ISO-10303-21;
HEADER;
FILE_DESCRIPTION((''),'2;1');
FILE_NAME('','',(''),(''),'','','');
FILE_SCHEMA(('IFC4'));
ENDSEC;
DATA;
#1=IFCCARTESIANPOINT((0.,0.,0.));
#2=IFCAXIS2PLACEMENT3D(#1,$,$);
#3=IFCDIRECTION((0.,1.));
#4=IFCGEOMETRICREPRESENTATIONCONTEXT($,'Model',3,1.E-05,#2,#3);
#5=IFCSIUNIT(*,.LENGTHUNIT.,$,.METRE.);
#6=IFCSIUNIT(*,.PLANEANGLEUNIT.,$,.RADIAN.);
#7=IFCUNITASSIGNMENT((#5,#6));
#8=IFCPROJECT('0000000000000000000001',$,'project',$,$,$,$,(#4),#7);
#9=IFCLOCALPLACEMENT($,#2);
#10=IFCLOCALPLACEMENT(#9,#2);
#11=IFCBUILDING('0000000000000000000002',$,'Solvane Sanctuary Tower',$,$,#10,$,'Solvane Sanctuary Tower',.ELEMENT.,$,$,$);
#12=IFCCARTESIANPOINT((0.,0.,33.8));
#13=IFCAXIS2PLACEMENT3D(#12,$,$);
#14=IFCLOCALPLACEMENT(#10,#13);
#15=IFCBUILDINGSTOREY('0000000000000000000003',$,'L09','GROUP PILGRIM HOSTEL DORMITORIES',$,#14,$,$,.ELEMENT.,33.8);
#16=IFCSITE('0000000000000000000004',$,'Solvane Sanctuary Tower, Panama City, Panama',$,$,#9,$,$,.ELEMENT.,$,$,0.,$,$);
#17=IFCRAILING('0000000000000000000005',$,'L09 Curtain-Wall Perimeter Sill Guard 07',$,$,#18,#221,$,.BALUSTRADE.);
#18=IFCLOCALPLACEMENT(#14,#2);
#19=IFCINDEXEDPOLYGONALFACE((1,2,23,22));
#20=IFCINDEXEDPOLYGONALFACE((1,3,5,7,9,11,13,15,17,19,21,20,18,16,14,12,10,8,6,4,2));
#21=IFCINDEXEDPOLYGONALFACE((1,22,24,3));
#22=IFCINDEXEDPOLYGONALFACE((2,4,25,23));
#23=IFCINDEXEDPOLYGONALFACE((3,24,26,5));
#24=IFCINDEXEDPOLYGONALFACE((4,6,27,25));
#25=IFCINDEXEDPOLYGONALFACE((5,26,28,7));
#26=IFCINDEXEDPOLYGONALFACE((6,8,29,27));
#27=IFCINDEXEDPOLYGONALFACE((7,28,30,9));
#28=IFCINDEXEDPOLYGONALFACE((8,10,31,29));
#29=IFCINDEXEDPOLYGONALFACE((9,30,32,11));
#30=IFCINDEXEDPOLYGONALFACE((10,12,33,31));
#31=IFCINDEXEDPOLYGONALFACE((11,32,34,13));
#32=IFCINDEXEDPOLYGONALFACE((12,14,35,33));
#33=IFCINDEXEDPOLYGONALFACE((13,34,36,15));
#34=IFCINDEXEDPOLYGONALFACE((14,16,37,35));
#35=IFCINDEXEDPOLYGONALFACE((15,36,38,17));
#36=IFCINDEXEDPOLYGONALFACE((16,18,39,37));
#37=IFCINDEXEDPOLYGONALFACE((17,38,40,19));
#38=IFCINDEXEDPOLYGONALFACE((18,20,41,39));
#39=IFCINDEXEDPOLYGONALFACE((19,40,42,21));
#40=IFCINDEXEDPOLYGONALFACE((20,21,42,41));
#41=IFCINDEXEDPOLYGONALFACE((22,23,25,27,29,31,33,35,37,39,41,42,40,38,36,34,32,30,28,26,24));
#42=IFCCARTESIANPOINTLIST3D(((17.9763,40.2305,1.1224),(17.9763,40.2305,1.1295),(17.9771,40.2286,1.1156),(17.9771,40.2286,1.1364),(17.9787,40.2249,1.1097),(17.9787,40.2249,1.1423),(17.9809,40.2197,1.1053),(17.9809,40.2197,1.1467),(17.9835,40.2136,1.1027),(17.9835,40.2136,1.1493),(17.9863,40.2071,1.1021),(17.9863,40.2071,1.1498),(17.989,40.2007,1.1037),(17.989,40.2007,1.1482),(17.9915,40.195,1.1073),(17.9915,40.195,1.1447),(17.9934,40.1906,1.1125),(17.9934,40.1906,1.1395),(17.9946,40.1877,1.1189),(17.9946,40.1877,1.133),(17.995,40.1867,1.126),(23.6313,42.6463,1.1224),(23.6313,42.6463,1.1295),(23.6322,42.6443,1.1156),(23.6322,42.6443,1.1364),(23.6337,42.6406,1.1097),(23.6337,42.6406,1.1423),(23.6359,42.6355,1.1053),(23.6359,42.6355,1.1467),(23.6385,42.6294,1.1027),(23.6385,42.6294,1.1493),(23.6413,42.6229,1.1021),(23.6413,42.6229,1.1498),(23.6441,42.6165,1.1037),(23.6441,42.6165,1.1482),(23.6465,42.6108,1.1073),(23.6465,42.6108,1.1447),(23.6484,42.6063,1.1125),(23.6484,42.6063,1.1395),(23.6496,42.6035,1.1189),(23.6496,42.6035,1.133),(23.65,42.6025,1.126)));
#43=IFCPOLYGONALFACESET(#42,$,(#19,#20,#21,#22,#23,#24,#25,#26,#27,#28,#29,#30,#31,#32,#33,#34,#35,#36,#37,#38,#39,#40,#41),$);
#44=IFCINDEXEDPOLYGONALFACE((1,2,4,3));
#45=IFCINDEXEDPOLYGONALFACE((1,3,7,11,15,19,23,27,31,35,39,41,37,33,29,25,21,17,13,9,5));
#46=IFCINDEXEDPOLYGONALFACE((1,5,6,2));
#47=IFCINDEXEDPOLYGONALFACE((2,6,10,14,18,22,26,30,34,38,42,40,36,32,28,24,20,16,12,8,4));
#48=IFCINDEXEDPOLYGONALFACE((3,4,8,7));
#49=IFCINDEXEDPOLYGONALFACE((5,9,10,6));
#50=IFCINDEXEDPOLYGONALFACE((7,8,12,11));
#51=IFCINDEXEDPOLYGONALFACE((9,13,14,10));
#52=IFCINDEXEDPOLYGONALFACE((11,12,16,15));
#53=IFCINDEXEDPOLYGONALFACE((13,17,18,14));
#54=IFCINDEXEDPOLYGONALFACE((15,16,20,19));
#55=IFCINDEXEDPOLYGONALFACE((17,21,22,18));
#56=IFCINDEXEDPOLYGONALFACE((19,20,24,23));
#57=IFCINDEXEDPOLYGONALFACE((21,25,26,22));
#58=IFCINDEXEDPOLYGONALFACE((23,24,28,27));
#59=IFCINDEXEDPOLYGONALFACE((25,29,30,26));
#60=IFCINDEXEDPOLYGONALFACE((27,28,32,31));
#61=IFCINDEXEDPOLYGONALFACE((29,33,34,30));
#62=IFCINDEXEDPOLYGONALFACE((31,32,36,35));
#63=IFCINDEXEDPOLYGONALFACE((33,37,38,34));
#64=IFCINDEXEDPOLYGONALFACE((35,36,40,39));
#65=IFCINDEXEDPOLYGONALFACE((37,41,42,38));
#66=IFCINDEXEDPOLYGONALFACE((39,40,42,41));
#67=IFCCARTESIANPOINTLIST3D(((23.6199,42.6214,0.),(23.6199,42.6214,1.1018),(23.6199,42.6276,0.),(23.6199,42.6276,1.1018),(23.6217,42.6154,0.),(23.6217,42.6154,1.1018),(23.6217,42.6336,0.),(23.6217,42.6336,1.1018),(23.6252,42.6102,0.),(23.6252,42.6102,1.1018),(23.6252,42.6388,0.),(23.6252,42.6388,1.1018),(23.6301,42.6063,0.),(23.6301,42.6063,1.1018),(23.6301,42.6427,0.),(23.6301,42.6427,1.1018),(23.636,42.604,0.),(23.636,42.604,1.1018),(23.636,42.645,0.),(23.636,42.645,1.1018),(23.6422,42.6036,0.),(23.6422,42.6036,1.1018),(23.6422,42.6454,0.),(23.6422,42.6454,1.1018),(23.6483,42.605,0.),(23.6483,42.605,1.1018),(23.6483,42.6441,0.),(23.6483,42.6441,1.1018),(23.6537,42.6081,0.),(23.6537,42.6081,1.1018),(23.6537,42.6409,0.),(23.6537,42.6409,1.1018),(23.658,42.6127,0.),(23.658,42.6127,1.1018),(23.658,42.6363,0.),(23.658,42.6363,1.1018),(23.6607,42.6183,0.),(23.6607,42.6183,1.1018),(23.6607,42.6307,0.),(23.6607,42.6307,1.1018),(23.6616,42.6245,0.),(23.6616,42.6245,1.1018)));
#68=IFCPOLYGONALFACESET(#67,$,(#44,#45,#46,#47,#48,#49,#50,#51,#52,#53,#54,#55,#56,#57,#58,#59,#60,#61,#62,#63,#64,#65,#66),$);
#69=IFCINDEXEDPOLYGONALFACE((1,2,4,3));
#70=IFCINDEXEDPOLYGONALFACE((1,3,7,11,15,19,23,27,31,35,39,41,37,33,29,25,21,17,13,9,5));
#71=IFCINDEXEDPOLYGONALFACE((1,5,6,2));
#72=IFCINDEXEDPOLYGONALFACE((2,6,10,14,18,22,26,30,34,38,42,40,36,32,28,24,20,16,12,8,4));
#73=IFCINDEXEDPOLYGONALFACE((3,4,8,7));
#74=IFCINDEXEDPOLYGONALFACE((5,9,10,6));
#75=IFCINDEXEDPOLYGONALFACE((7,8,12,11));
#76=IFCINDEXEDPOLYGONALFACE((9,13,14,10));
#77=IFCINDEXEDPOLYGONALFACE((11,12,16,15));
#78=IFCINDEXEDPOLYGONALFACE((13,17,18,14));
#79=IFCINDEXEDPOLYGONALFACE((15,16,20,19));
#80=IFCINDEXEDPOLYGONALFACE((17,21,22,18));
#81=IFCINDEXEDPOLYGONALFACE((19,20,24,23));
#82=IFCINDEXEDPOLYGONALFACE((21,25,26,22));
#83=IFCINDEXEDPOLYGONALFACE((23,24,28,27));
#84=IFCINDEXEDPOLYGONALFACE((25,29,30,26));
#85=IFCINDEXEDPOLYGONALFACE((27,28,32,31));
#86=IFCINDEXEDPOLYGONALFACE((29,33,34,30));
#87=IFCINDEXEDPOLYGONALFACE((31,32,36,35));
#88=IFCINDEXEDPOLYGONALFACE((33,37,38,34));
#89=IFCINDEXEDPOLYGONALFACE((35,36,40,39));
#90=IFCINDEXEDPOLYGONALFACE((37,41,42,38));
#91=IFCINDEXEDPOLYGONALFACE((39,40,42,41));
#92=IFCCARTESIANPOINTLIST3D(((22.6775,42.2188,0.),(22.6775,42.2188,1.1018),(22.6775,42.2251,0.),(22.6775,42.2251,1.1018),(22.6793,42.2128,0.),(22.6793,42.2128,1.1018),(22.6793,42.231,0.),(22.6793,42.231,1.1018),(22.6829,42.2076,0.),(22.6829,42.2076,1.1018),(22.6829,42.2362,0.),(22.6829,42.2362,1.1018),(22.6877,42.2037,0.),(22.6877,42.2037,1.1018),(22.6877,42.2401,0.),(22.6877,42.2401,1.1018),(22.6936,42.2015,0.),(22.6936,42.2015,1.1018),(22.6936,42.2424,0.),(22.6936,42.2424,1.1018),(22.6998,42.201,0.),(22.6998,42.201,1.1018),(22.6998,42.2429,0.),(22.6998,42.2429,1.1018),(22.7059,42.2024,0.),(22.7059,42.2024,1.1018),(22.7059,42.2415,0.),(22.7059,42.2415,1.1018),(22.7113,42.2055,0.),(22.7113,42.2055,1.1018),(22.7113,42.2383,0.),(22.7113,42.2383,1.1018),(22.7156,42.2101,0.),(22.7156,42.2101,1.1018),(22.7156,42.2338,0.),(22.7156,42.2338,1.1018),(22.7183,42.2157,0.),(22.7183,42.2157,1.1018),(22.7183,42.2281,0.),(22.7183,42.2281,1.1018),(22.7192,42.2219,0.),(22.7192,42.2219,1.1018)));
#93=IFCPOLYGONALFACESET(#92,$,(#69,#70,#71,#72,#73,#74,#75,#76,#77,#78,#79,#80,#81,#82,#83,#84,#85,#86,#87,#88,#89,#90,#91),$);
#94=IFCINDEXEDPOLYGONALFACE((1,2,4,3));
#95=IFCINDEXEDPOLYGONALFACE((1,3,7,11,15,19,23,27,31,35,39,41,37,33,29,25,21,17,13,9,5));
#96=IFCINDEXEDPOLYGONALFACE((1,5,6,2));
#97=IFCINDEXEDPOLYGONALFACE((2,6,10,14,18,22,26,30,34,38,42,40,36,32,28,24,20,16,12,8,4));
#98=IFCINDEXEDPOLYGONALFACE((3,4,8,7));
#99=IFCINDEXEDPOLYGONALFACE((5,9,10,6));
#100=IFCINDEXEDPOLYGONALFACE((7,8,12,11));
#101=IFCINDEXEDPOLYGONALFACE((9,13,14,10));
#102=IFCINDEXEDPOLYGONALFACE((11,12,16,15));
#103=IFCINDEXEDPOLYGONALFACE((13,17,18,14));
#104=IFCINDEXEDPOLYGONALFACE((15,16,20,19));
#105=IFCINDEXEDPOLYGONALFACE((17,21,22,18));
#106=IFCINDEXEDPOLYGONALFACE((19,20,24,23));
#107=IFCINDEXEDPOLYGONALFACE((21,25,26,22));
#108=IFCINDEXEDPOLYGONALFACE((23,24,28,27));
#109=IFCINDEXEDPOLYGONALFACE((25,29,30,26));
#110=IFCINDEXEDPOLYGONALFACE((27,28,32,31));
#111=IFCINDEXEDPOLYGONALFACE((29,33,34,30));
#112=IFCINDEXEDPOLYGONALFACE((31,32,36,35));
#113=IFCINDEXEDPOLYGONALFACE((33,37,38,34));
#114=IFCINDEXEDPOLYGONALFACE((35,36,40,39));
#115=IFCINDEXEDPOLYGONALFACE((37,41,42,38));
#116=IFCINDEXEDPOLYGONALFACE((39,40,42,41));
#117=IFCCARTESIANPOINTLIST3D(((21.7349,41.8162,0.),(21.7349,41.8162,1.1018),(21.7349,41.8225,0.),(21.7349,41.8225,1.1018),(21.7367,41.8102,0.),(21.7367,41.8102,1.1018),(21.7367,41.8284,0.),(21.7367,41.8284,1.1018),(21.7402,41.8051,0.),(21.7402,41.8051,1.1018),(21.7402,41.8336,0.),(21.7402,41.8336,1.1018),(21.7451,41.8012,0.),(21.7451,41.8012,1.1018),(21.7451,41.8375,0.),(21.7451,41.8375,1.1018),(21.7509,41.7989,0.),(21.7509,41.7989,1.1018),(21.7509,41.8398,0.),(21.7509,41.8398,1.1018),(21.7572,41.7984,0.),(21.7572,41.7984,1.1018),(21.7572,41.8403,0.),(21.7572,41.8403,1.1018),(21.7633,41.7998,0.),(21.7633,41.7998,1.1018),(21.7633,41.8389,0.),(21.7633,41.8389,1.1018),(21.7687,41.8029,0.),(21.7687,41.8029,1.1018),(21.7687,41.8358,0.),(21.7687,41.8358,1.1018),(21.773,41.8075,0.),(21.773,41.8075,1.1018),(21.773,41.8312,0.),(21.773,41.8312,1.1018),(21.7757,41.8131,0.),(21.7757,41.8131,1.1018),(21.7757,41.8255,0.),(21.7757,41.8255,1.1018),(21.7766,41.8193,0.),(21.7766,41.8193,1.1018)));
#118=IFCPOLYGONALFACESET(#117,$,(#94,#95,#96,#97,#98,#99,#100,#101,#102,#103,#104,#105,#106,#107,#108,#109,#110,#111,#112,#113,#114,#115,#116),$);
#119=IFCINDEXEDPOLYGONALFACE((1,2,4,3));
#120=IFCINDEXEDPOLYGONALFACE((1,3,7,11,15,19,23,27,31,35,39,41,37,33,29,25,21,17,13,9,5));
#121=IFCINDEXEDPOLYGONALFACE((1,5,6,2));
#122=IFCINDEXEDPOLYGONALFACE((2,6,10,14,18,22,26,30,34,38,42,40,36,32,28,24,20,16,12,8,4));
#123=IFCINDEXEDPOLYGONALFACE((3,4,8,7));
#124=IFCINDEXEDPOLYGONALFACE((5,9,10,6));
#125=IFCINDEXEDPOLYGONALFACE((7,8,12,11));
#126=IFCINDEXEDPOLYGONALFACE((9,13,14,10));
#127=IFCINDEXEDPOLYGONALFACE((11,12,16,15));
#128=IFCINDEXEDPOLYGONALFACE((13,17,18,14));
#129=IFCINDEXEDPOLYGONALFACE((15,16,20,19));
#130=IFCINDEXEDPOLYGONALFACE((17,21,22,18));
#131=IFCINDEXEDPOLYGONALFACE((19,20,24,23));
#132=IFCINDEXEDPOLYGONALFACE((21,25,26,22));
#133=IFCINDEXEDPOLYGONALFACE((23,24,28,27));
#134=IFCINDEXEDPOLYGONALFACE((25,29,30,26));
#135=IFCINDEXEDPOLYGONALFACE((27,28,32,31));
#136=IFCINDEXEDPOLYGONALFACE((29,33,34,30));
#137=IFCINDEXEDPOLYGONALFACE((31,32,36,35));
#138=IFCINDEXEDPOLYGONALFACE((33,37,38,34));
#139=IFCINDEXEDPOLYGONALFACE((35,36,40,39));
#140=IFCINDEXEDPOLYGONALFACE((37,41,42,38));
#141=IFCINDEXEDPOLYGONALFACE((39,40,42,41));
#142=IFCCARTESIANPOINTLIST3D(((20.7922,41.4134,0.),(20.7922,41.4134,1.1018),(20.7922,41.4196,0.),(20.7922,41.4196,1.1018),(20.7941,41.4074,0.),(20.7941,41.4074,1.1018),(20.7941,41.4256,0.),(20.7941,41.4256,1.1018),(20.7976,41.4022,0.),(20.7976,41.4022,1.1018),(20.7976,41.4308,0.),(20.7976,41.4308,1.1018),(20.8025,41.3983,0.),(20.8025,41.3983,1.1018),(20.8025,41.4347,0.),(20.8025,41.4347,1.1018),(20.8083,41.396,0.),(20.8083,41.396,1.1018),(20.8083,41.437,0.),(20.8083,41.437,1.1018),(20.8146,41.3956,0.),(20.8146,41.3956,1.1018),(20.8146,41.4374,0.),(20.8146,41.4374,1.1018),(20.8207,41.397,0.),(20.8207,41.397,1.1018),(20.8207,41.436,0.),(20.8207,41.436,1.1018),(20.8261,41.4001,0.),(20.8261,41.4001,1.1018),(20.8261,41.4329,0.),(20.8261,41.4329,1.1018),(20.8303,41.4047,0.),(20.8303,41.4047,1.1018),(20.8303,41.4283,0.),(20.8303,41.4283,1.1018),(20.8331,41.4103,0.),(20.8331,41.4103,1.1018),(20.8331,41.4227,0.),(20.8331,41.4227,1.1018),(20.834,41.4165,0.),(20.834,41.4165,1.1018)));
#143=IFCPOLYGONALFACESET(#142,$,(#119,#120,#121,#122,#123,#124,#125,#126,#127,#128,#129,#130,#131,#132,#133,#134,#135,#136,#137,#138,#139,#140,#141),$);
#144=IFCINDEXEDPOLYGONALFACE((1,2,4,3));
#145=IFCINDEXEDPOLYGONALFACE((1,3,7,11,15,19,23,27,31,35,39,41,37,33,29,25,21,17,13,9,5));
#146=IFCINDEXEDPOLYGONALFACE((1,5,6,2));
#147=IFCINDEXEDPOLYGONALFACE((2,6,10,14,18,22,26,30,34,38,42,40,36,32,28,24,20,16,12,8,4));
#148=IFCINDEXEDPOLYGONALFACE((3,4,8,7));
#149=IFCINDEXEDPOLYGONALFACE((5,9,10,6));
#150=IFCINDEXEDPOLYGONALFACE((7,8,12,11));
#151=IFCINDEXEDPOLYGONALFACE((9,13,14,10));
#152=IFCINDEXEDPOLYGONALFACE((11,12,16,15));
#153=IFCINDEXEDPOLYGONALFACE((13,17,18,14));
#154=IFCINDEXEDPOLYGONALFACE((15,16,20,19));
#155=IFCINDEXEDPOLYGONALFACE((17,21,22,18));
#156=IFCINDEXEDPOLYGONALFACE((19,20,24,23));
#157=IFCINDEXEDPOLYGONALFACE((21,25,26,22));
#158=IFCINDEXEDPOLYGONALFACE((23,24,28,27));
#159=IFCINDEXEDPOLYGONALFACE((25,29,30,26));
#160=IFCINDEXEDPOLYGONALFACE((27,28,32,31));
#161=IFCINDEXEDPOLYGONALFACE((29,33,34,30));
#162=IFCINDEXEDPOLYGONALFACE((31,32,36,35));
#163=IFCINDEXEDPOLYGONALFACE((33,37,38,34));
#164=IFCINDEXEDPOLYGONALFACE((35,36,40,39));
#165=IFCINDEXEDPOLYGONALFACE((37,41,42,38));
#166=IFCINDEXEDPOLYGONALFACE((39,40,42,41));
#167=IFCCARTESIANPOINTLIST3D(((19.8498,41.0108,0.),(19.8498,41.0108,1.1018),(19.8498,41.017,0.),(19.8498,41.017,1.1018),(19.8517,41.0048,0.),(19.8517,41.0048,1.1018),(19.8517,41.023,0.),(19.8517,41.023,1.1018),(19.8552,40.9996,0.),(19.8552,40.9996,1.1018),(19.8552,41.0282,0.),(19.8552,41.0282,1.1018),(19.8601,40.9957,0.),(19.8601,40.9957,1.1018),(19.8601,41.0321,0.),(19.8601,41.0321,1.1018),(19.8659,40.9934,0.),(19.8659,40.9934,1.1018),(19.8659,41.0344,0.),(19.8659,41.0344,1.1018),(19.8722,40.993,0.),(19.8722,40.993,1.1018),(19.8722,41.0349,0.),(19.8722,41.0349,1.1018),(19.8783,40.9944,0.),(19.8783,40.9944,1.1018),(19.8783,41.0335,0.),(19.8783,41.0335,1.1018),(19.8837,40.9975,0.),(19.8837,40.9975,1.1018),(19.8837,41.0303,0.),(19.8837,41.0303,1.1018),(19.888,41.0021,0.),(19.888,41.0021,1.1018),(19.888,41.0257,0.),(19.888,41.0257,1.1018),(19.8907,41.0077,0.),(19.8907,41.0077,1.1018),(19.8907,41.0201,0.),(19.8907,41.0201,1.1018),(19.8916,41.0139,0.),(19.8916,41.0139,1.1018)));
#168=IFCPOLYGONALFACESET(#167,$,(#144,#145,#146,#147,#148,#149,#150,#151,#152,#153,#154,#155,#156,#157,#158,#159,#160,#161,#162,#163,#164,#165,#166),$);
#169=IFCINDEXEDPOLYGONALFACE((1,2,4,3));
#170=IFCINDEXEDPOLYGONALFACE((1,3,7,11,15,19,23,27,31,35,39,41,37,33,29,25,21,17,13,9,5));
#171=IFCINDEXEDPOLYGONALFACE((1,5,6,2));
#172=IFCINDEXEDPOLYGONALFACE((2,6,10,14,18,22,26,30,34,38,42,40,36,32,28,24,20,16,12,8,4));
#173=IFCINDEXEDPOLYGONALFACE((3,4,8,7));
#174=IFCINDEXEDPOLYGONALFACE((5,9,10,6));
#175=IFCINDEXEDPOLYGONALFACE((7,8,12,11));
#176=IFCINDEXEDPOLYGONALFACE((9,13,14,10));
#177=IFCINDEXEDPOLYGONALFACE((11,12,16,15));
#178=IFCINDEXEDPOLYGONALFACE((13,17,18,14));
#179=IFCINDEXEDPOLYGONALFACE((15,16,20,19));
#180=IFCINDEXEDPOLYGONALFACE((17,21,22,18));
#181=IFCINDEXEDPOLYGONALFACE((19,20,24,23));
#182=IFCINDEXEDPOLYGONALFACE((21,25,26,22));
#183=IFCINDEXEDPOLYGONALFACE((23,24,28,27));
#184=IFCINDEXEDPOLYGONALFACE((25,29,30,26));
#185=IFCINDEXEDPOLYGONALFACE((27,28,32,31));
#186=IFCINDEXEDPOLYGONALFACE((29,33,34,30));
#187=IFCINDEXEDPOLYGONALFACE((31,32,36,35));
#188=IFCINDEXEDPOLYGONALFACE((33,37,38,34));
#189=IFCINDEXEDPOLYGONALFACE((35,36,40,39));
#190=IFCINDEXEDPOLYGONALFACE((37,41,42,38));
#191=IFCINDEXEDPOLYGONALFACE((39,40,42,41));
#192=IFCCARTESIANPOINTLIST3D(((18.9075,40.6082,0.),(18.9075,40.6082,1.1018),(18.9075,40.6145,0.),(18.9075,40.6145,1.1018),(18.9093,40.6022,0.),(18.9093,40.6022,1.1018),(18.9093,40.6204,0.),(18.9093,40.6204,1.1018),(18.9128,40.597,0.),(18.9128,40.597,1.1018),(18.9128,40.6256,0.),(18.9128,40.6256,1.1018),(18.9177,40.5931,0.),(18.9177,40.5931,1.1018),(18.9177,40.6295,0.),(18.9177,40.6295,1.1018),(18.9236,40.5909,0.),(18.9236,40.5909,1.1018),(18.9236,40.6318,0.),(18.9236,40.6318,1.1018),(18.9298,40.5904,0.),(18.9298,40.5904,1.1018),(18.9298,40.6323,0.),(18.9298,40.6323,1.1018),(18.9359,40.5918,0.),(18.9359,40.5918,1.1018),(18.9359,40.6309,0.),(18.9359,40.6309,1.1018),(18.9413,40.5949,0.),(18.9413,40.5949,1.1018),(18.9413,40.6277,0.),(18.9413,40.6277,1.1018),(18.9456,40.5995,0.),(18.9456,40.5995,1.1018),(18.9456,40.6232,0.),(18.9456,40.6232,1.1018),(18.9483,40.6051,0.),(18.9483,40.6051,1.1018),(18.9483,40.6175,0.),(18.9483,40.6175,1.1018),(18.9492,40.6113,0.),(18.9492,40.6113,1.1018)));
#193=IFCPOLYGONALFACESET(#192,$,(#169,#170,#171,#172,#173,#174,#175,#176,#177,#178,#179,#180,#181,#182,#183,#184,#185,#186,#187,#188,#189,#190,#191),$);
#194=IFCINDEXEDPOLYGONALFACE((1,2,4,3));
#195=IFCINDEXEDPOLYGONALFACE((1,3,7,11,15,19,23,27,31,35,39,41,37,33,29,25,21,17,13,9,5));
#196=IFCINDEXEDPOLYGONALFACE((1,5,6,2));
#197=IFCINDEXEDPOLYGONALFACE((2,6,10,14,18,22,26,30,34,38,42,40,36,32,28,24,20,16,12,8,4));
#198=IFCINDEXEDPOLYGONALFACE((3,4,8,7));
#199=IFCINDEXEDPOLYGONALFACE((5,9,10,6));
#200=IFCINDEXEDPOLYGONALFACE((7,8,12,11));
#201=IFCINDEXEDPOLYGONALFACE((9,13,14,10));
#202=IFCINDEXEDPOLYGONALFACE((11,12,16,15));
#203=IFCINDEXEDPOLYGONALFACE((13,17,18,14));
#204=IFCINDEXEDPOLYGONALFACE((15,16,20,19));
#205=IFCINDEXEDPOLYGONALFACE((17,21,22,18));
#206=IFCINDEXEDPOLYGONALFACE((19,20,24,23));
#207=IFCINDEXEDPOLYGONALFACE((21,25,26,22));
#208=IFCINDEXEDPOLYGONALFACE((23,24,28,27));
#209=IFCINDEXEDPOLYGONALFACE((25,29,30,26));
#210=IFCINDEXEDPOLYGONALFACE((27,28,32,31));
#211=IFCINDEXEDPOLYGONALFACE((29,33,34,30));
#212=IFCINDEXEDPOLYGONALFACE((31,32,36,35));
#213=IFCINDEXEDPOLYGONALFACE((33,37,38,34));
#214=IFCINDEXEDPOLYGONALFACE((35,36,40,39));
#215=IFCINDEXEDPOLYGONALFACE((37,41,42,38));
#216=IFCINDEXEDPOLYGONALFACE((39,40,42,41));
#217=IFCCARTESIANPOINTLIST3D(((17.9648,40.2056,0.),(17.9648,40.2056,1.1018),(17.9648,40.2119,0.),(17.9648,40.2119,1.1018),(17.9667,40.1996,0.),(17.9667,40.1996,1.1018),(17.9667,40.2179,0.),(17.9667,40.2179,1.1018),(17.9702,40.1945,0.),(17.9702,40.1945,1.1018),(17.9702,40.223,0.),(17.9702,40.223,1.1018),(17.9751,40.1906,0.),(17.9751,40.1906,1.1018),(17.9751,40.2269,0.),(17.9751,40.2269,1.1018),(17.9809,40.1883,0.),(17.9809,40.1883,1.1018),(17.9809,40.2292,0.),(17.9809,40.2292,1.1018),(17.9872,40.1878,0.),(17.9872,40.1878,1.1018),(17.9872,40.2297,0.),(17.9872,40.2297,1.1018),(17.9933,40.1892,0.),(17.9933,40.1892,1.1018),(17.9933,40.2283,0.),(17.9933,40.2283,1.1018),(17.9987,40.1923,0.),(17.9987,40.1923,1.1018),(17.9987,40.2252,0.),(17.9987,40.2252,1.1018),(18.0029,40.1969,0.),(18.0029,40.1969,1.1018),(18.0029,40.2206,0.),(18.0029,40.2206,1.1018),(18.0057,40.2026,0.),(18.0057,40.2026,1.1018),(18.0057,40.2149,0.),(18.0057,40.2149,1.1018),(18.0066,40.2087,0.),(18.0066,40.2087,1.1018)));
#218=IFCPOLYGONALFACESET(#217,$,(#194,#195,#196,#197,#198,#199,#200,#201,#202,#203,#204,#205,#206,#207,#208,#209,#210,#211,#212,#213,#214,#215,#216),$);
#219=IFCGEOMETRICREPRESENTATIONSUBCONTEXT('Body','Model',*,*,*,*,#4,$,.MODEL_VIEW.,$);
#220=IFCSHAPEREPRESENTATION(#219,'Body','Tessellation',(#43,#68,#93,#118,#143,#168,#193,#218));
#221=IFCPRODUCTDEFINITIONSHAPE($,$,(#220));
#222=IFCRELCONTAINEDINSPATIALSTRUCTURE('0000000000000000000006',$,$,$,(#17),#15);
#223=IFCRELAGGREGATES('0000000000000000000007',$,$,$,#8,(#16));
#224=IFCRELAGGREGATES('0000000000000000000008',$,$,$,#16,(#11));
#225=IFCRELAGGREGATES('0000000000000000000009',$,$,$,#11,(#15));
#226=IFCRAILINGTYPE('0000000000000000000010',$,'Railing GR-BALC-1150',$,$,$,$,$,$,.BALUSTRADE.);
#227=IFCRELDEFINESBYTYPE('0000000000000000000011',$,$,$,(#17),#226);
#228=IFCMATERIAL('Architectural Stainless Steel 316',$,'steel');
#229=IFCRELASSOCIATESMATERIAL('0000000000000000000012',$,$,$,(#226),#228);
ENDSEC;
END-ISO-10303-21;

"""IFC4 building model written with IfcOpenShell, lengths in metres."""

from ifc_helpers import new_model, si_unit, direction, frame, origin, origin_2d, place, context, subcontext, project, spatial, circle, extrude, material, type_object, element, save


model = new_model("IFC4")

# Units and contexts
model_context = context("Model", 3, precision=1e-05, world=origin(), true_north=direction((0.0, 1.0)))
body_context = subcontext(model_context, "Body", "Model", "MODEL_VIEW")
ifc_project = project(units=[si_unit("LENGTHUNIT", "METRE"), si_unit("PLANEANGLEUNIT", "RADIAN")], contexts=[model_context])

# Site, building, storey
site_placement = place(None, origin())
site = spatial("IfcSite", under=ifc_project, at=site_placement, Name="Solvane Sanctuary Tower, Panama City, Panama", CompositionType="ELEMENT", RefElevation=0.0)
building_placement = place(site_placement, origin())
building = spatial("IfcBuilding", under=site, at=building_placement, Name="Solvane Sanctuary Tower", LongName="Solvane Sanctuary Tower", CompositionType="ELEMENT")
storey_placement = place(building_placement, frame((0.0, 0.0, 33.8)))
storey = spatial("IfcBuildingStorey", under=building, at=storey_placement, Name="L09", Description="GROUP PILGRIM HOSTEL DORMITORIES", CompositionType="ELEMENT", Elevation=33.8)

# Railing
ifc_material_1 = material(Name="Architectural Stainless Steel 316", Category="steel")
railing_type = type_object("IfcRailingType", Name="Railing GR-BALC-1150", PredefinedType="BALUSTRADE", material=ifc_material_1)
railing_placement = place(storey_placement, frame((23.6406, 42.6245, 0.0)))
element("IfcRailing", 1, at=railing_placement, inside=storey, type_object=railing_type, Name="L09 Curtain-Wall Perimeter Sill Guard 07", PredefinedType="BALUSTRADE", context=body_context, shape_type="SweptSolid", body=[
    extrude(circle(Radius=0.0239, at=origin_2d()), frame((0.0, 0.0, 1.126), z_axis=(-0.919604, -0.392846, 0.0), x_axis=(0.392846, -0.919604, 0.0)), (0.0, 0.0, 1.0), 6.1494),
    extrude(circle(Radius=0.021, at=origin_2d()), origin(), (0.0, 0.0, 1.0), 1.1018),
    extrude(circle(Radius=0.021, at=origin_2d()), frame((-0.9424, -0.4026, 0.0)), (0.0, 0.0, 1.0), 1.1018),
    extrude(circle(Radius=0.021, at=origin_2d()), frame((-1.885, -0.8052, 0.0)), (0.0, 0.0, 1.0), 1.1018),
    extrude(circle(Radius=0.021, at=origin_2d()), frame((-2.8276, -1.208, 0.0)), (0.0, 0.0, 1.0), 1.1018),
    extrude(circle(Radius=0.021, at=origin_2d()), frame((-3.77, -1.6106, 0.0)), (0.0, 0.0, 1.0), 1.1018),
    extrude(circle(Radius=0.021, at=origin_2d()), frame((-4.7124, -2.0132, 0.0)), (0.0, 0.0, 1.0), 1.1018),
    extrude(circle(Radius=0.021, at=origin_2d()), frame((-5.655, -2.4158, 0.0)), (0.0, 0.0, 1.0), 1.1018),
])

save(model, "model.ifc")
